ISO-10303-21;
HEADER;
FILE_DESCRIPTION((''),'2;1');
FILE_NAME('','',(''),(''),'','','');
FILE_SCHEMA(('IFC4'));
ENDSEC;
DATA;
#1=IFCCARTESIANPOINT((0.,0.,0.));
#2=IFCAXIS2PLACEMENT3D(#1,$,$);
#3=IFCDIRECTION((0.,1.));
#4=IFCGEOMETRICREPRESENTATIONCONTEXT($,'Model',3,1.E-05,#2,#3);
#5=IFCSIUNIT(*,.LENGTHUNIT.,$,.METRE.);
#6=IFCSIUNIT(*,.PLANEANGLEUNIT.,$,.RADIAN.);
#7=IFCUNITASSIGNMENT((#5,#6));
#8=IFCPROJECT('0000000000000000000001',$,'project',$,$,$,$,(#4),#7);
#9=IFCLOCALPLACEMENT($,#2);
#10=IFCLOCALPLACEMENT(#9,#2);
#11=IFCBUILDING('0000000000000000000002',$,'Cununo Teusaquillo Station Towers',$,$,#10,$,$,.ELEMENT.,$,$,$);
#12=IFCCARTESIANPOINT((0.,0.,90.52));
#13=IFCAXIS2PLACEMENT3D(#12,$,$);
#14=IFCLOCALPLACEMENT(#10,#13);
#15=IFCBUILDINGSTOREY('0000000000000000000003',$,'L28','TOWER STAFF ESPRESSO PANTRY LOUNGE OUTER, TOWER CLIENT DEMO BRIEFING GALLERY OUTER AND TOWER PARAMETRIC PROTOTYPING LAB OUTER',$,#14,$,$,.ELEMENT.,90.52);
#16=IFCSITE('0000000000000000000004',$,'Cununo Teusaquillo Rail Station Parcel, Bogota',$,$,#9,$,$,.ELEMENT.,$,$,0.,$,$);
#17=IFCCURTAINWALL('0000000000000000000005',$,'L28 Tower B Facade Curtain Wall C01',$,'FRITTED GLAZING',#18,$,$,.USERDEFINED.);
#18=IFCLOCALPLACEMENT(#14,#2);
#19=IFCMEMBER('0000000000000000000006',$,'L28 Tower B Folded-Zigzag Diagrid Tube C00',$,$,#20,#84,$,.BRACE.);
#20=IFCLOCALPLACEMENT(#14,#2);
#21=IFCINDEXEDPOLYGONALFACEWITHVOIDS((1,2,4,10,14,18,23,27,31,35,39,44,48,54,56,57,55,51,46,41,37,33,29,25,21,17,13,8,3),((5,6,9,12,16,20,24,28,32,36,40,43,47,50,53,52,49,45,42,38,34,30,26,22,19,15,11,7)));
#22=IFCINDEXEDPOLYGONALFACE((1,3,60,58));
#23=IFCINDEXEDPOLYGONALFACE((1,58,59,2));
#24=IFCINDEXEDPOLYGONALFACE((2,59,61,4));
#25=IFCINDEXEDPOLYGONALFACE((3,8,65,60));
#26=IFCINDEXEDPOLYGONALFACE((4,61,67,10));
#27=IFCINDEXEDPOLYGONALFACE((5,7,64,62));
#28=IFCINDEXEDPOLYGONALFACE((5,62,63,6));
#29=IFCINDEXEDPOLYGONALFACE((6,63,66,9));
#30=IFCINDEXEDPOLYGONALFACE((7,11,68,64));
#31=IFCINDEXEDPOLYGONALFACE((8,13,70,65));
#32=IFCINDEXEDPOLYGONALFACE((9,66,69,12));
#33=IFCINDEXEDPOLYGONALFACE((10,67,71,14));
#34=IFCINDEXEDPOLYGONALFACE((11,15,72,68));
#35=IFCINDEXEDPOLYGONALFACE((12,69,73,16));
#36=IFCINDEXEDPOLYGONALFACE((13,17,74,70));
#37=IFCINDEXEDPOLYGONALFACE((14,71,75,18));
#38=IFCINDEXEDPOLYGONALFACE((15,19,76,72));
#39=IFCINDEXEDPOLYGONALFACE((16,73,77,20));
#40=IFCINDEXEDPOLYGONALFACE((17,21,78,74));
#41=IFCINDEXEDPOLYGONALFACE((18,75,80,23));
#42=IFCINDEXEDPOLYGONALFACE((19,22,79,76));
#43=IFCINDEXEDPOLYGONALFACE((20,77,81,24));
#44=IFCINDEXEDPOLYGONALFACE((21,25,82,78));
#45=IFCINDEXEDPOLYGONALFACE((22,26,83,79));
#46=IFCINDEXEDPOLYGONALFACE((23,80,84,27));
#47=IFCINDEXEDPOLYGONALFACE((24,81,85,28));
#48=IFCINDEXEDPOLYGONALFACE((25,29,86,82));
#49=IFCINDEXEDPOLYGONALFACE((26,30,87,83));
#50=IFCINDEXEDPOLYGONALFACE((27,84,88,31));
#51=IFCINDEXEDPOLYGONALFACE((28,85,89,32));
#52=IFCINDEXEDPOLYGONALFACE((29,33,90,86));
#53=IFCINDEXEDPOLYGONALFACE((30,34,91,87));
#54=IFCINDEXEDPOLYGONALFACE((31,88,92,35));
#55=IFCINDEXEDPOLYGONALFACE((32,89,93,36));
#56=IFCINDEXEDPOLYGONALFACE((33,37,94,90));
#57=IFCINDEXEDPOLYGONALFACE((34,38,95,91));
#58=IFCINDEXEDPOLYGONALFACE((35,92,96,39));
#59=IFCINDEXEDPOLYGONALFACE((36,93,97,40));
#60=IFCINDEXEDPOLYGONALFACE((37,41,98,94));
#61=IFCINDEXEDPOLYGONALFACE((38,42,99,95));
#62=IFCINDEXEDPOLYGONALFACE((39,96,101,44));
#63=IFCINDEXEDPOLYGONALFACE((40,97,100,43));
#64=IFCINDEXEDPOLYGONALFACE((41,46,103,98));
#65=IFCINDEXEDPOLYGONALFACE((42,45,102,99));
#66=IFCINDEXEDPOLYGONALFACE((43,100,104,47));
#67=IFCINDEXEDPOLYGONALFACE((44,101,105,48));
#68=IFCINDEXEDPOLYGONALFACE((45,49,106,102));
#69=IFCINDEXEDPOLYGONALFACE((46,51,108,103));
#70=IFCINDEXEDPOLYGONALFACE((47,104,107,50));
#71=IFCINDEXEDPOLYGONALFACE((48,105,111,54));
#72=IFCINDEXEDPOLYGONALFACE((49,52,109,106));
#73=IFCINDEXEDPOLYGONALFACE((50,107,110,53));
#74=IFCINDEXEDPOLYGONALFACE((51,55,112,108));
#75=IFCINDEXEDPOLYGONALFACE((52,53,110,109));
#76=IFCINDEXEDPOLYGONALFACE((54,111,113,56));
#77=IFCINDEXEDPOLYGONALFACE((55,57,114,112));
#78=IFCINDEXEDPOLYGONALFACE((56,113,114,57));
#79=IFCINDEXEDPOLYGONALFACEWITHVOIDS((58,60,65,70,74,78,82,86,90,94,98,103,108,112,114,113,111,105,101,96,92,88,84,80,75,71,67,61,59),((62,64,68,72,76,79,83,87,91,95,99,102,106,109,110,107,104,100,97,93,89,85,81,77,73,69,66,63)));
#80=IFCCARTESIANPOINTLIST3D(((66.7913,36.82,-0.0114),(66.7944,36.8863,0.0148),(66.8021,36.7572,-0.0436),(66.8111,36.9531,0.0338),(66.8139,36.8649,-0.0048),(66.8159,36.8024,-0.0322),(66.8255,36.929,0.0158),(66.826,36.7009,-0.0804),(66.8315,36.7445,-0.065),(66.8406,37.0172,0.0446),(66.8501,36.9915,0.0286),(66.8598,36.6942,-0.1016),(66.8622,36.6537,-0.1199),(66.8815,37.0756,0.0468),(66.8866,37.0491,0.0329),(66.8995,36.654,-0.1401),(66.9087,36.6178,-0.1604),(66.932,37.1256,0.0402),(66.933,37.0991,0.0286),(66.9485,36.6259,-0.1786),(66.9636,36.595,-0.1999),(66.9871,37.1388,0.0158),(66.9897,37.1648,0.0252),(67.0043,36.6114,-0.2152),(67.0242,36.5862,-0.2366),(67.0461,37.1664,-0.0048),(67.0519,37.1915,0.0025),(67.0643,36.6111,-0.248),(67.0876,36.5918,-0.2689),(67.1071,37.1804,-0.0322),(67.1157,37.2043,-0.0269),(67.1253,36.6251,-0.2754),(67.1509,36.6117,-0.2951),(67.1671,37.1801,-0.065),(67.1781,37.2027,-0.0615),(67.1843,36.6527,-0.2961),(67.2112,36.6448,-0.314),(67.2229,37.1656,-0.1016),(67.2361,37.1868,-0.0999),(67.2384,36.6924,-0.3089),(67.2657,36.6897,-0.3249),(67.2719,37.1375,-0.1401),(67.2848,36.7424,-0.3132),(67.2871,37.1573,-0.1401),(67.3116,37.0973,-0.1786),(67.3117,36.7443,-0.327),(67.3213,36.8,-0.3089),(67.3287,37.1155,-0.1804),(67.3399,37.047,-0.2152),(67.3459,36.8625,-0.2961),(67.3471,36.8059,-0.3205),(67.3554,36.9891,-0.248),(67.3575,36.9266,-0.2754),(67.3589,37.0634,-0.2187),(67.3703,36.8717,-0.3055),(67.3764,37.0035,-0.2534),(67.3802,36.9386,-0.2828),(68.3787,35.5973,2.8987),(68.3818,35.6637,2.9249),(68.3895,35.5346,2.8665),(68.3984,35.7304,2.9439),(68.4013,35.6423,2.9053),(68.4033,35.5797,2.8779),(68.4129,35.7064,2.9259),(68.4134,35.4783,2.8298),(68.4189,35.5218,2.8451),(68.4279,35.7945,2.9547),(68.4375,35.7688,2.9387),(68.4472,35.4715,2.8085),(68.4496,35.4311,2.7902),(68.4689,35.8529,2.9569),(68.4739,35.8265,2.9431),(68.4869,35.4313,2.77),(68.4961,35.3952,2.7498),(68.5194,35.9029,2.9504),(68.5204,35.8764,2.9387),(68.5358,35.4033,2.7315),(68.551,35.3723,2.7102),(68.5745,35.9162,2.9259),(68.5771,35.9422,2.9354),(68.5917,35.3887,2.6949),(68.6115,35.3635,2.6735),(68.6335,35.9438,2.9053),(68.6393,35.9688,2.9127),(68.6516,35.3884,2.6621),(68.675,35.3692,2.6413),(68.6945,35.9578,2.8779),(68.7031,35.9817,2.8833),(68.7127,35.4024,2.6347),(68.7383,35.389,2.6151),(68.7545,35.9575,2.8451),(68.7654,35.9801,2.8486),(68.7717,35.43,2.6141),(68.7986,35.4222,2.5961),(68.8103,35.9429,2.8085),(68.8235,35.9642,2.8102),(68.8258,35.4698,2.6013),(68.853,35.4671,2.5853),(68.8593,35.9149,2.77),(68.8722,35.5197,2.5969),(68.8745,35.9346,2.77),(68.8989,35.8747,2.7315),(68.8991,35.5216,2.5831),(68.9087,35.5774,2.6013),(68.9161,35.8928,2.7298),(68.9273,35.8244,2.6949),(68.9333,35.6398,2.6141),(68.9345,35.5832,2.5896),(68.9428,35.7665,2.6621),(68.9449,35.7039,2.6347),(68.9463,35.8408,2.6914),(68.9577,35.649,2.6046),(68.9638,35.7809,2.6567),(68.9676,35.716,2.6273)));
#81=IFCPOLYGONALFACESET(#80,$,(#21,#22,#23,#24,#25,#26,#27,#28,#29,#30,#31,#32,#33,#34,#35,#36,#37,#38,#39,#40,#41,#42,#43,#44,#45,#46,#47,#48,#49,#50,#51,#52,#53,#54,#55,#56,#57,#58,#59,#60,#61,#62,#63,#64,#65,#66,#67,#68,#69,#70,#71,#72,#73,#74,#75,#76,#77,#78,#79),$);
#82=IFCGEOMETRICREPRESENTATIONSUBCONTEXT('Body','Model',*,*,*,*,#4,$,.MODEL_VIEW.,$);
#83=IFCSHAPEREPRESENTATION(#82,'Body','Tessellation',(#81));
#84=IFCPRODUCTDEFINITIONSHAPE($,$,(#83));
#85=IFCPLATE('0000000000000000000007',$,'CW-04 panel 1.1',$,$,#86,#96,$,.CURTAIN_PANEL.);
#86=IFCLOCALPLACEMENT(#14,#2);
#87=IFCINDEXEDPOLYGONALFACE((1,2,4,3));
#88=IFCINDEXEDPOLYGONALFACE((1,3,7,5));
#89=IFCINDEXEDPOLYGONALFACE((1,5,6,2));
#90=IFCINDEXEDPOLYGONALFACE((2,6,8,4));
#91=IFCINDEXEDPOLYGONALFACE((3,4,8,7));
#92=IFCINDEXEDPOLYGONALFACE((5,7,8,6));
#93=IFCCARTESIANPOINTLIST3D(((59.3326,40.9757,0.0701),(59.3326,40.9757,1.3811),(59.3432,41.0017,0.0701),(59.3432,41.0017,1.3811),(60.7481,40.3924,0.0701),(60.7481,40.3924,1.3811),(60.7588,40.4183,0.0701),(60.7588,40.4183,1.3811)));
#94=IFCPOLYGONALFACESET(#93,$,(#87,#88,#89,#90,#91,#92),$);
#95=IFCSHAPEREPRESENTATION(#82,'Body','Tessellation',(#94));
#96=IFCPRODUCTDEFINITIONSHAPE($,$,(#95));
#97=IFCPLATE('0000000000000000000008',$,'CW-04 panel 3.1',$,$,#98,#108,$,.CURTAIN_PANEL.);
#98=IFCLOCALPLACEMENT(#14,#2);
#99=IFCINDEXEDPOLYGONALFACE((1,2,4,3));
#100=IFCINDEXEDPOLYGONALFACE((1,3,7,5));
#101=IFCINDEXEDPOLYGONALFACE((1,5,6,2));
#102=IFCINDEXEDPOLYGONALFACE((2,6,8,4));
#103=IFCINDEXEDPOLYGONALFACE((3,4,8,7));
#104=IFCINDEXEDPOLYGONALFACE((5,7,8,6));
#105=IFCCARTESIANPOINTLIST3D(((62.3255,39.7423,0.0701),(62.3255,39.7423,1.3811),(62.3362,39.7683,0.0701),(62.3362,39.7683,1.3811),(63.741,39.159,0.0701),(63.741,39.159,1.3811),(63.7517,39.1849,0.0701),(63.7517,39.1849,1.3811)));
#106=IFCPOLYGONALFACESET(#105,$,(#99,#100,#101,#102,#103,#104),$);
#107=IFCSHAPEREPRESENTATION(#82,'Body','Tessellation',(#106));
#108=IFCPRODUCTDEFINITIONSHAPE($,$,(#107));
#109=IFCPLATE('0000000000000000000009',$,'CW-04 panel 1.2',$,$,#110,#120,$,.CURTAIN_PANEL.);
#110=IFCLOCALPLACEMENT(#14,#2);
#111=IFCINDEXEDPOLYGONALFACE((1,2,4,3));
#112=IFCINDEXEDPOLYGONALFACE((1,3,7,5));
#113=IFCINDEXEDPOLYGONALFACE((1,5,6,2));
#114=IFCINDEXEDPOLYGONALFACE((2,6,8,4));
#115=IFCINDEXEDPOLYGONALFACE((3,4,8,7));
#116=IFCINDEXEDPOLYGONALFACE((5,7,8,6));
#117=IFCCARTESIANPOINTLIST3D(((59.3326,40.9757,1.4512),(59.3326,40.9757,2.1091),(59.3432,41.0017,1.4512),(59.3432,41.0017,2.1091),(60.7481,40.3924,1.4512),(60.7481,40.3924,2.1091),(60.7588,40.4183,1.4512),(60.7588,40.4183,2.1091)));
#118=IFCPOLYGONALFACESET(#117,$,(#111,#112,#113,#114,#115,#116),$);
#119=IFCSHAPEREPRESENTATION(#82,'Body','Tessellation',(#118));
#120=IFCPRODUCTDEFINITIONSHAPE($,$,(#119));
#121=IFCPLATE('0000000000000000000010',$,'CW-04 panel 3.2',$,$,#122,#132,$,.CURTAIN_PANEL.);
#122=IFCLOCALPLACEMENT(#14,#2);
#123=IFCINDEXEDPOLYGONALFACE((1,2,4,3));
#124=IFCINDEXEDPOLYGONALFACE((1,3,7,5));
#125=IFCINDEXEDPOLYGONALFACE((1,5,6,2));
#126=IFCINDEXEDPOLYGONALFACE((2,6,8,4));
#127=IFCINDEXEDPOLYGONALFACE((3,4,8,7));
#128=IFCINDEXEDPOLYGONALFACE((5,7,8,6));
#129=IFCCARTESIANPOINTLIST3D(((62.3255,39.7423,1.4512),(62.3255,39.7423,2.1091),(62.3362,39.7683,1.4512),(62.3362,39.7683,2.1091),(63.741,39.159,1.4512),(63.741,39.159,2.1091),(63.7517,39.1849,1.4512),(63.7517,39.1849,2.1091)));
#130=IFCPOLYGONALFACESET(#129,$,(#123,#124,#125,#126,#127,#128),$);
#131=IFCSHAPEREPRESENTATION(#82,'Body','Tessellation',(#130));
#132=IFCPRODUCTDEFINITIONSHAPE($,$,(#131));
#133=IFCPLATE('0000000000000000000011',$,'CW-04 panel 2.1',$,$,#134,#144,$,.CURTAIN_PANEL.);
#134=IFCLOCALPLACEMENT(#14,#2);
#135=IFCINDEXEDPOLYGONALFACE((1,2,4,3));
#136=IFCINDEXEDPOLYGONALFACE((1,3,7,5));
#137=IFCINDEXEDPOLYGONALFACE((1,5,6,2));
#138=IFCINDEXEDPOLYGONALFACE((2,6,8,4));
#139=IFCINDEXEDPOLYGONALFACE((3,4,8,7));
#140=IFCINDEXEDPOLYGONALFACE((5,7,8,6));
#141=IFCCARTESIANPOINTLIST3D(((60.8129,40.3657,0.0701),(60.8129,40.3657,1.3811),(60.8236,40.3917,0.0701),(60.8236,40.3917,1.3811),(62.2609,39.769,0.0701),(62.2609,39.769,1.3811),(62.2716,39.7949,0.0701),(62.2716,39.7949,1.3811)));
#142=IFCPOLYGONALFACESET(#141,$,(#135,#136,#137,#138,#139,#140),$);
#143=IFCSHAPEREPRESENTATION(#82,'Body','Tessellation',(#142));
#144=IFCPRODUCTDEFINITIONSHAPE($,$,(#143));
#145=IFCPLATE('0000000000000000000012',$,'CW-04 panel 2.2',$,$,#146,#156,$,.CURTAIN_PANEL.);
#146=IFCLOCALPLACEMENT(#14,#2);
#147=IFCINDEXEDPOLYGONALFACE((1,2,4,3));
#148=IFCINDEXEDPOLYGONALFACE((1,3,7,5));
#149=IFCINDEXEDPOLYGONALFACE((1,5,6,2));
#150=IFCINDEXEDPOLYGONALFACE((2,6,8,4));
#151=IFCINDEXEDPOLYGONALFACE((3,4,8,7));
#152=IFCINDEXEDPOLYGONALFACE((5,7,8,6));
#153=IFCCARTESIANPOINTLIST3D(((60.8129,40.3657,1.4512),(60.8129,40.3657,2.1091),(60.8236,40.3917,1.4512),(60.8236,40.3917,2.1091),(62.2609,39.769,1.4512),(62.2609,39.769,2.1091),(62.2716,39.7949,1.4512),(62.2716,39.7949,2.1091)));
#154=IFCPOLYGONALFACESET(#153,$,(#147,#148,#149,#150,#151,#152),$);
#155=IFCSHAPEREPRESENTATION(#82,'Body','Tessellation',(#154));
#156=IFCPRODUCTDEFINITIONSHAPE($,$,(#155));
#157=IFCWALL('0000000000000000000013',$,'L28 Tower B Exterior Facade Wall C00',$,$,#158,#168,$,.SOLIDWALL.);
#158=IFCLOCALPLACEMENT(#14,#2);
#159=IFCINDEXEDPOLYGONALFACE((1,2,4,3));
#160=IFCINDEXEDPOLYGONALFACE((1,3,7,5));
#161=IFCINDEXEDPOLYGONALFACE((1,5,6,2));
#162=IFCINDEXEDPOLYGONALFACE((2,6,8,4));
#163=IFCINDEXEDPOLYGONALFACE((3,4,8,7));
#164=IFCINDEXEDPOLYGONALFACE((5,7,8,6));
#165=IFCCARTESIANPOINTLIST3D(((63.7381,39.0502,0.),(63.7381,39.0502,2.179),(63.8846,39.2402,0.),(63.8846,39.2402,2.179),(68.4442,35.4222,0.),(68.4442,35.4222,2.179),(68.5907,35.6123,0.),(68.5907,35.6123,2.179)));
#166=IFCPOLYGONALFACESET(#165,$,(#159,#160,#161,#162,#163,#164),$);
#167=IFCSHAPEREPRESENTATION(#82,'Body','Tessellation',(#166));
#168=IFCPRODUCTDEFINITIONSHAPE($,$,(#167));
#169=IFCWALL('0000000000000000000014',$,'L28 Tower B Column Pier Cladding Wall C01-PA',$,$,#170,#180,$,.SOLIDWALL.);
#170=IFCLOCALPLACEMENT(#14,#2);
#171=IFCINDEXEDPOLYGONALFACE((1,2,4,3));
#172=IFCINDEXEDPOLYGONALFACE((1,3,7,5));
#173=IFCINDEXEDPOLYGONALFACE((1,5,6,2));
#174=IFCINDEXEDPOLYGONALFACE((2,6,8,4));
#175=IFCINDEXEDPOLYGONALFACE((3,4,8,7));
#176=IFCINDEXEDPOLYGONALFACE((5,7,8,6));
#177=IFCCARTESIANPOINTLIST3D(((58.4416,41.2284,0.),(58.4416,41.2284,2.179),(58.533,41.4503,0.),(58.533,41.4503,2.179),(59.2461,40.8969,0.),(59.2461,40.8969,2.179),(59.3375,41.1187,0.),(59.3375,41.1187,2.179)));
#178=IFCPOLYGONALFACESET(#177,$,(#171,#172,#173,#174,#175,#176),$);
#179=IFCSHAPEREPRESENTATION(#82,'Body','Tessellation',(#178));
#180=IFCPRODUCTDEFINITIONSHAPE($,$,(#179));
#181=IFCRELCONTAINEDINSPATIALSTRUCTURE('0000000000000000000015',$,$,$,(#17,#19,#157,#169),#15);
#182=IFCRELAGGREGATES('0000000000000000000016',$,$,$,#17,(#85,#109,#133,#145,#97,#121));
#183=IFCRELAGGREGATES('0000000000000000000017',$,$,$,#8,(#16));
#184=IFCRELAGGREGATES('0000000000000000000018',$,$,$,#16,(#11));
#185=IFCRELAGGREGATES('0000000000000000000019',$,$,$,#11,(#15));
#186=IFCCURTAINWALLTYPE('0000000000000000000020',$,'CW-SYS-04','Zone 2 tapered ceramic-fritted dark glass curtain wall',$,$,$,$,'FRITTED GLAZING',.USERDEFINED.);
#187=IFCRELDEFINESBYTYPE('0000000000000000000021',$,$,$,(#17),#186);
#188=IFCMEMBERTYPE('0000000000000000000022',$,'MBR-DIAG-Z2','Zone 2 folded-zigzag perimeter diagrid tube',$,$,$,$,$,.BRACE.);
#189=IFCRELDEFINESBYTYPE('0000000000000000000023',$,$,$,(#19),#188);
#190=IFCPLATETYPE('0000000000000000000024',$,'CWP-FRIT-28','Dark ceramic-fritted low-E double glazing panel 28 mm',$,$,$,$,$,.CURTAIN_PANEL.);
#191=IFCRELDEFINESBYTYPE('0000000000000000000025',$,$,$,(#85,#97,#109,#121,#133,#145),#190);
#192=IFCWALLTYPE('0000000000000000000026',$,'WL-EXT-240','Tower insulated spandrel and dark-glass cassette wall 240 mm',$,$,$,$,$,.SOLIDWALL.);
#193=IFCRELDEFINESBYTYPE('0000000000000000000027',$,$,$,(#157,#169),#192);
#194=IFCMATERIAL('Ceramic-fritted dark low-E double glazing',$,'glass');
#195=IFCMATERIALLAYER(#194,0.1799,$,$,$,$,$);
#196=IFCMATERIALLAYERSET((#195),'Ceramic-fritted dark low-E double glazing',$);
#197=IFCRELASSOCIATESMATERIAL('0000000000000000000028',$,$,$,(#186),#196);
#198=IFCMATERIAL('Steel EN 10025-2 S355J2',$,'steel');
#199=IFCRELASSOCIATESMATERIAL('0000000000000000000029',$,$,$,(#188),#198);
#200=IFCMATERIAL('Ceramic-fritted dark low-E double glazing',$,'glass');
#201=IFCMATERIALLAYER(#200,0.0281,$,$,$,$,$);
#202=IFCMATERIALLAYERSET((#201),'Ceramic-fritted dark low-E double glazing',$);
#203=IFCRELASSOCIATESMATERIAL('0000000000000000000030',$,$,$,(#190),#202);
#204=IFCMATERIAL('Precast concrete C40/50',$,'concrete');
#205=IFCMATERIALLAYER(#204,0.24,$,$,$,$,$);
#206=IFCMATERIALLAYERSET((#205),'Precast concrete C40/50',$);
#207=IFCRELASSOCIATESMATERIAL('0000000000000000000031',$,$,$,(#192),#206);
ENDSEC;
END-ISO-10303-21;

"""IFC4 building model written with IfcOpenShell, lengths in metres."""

from ifc_helpers import new_model, si_unit, direction, frame, frame_2d, origin, origin_2d, place, context, subcontext, project, spatial, rectangle, hollow_circle, extrude, source, transform, mapped, material, layer, layer_set, material_profile, profile_set, type_object, element, aggregate, save


model = new_model("IFC4")

# Units and contexts
model_context = context("Model", 3, precision=1e-05, world=origin(), true_north=direction((0.0, 1.0)))
body_context = subcontext(model_context, "Body", "Model", "MODEL_VIEW")
ifc_project = project(units=[si_unit("LENGTHUNIT", "METRE"), si_unit("PLANEANGLEUNIT", "RADIAN")], contexts=[model_context])

# Site, building, storey
site_placement = place(None, origin())
site = spatial("IfcSite", under=ifc_project, at=site_placement, Name="Cununo Teusaquillo Rail Station Parcel, Bogota", CompositionType="ELEMENT", RefElevation=0.0)
building_placement = place(site_placement, origin())
building = spatial("IfcBuilding", under=site, at=building_placement, Name="Cununo Teusaquillo Station Towers", CompositionType="ELEMENT")
storey_placement = place(building_placement, frame((0.0, 0.0, 90.52)))
storey = spatial("IfcBuildingStorey", under=building, at=storey_placement, Name="L28", Description="TOWER STAFF ESPRESSO PANTRY LOUNGE OUTER, TOWER CLIENT DEMO BRIEFING GALLERY OUTER AND TOWER PARAMETRIC PROTOTYPING LAB OUTER", CompositionType="ELEMENT", Elevation=90.52)

# Curtain wall
ifc_material_1 = material(Name="Ceramic-fritted dark low-E double glazing", Category="glass")
ifc_layer_1 = layer(ifc_material_1, 0.1799)
ifc_layer_set_1 = layer_set([ifc_layer_1], Name="Ceramic-fritted dark low-E double glazing")
curtain_wall_type = type_object("IfcCurtainWallType", Name="CW-SYS-04", Description="Zone 2 tapered ceramic-fritted dark glass curtain wall", ElementType="FRITTED GLAZING", PredefinedType="USERDEFINED", material=ifc_layer_set_1)
curtain_wall_placement = place(storey_placement, origin())
curtain_wall = element("IfcCurtainWall", 1, at=curtain_wall_placement, inside=storey, type_object=curtain_wall_type, Name="L28 Tower B Facade Curtain Wall C01", ObjectType="FRITTED GLAZING", PredefinedType="USERDEFINED")

# Member
ifc_material_2 = material(Name="Steel EN 10025-2 S355J2", Category="steel")
ifc_material_profile_1 = material_profile(ifc_material_2, hollow_circle(Radius=0.3301, WallThickness=0.0249, at=origin_2d()), Name="CHS 660x25")
ifc_profile_set_1 = profile_set([ifc_material_profile_1], Name="Steel EN 10025-2 S355J2")
member_type_1 = type_object("IfcMemberType", Name="MBR-DIAG-Z2", Description="Zone 2 folded-zigzag perimeter diagrid tube", PredefinedType="BRACE", material=ifc_profile_set_1)
member_1_placement = place(storey_placement, frame((67.0857, 36.8958, -0.1401), z_axis=(0.449277, -0.346044, 0.823652), x_axis=(0.610205, 0.792243, 0.0)))
element("IfcMember", 2, at=member_1_placement, inside=storey, type_object=member_type_1, Name="L28 Tower B Folded-Zigzag Diagrid Tube C00", PredefinedType="BRACE", context=body_context, shape_type="SweptSolid", body=[
    extrude(hollow_circle(Radius=0.3301, WallThickness=0.0249, at=origin_2d()), origin(), (0.0, 0.0, 1.0), 3.5332),
])

# Plates
ifc_material_3 = material(Name="Ceramic-fritted dark low-E double glazing", Category="glass")
ifc_layer_2 = layer(ifc_material_3, 0.0281)
ifc_layer_set_2 = layer_set([ifc_layer_2], Name="Ceramic-fritted dark low-E double glazing")
plate_type = type_object("IfcPlateType", Name="CWP-FRIT-28", Description="Dark ceramic-fritted low-E double glazing panel 28 mm", PredefinedType="CURTAIN_PANEL", material=ifc_layer_set_2)
shared_shape_1 = source(origin(), body_context, "Body", "SweptSolid", [
    extrude(rectangle(XDim=1.531, YDim=0.0281, at=origin_2d()), origin(), (0.0, 0.0, 1.0), 1.311),
])
plate_1_placement = place(storey_placement, frame((60.0457, 40.697, 0.0701), z_axis=(0.0, 0.0, 1.0), x_axis=(0.924562, -0.381031, 0.0)))
plate_1 = element("IfcPlate", 3, at=plate_1_placement, type_object=plate_type, Name="CW-04 panel 1.1", PredefinedType="CURTAIN_PANEL", context=body_context, shape_type="MappedRepresentation", body=[
    mapped(shared_shape_1, transform((0.0, 0.0, 0.0), x_axis=(1.0, 0.0, 0.0), y_axis=(0.0, 1.0, 0.0), z_axis=(0.0, 0.0, 1.0), scale=1.0)),
])
plate_2_placement = place(storey_placement, frame((63.0386, 39.4636, 0.0701), z_axis=(0.0, 0.0, 1.0), x_axis=(0.924562, -0.381031, 0.0)))
plate_2 = element("IfcPlate", 4, at=plate_2_placement, type_object=plate_type, Name="CW-04 panel 3.1", PredefinedType="CURTAIN_PANEL", context=body_context, shape_type="MappedRepresentation", body=[
    mapped(shared_shape_1, transform((0.0, 0.0, 0.0), x_axis=(1.0, 0.0, 0.0), y_axis=(0.0, 1.0, 0.0), z_axis=(0.0, 0.0, 1.0), scale=1.0)),
])
shared_shape_2 = source(origin(), body_context, "Body", "SweptSolid", [
    extrude(rectangle(XDim=1.531, YDim=0.0281, at=origin_2d()), origin(), (0.0, 0.0, 1.0), 0.658),
])
plate_3_placement = place(storey_placement, frame((60.0457, 40.697, 1.4512), z_axis=(0.0, 0.0, 1.0), x_axis=(0.924562, -0.381031, 0.0)))
plate_3 = element("IfcPlate", 5, at=plate_3_placement, type_object=plate_type, Name="CW-04 panel 1.2", PredefinedType="CURTAIN_PANEL", context=body_context, shape_type="MappedRepresentation", body=[
    mapped(shared_shape_2, transform((0.0, 0.0, 0.0), x_axis=(1.0, 0.0, 0.0), y_axis=(0.0, 1.0, 0.0), z_axis=(0.0, 0.0, 1.0), scale=1.0)),
])
plate_4_placement = place(storey_placement, frame((63.0386, 39.4636, 1.4512), z_axis=(0.0, 0.0, 1.0), x_axis=(0.924562, -0.381031, 0.0)))
plate_4 = element("IfcPlate", 6, at=plate_4_placement, type_object=plate_type, Name="CW-04 panel 3.2", PredefinedType="CURTAIN_PANEL", context=body_context, shape_type="MappedRepresentation", body=[
    mapped(shared_shape_2, transform((0.0, 0.0, 0.0), x_axis=(1.0, 0.0, 0.0), y_axis=(0.0, 1.0, 0.0), z_axis=(0.0, 0.0, 1.0), scale=1.0)),
])
shared_shape_3 = source(origin(), body_context, "Body", "SweptSolid", [
    extrude(rectangle(XDim=1.5662, YDim=0.0281, at=origin_2d()), origin(), (0.0, 0.0, 1.0), 1.311),
])
plate_5_placement = place(storey_placement, frame((61.5422, 40.0803, 0.0701), z_axis=(0.0, 0.0, 1.0), x_axis=(0.924562, -0.381031, 0.0)))
plate_5 = element("IfcPlate", 7, at=plate_5_placement, type_object=plate_type, Name="CW-04 panel 2.1", PredefinedType="CURTAIN_PANEL", context=body_context, shape_type="MappedRepresentation", body=[
    mapped(shared_shape_3, transform((0.0, 0.0, 0.0), x_axis=(1.0, 0.0, 0.0), y_axis=(0.0, 1.0, 0.0), z_axis=(0.0, 0.0, 1.0), scale=1.0)),
])
shared_shape_4 = source(origin(), body_context, "Body", "SweptSolid", [
    extrude(rectangle(XDim=1.5662, YDim=0.0281, at=origin_2d()), origin(), (0.0, 0.0, 1.0), 0.658),
])
plate_6_placement = place(storey_placement, frame((61.5422, 40.0803, 1.4512), z_axis=(0.0, 0.0, 1.0), x_axis=(0.924562, -0.381031, 0.0)))
plate_6 = element("IfcPlate", 8, at=plate_6_placement, type_object=plate_type, Name="CW-04 panel 2.2", PredefinedType="CURTAIN_PANEL", context=body_context, shape_type="MappedRepresentation", body=[
    mapped(shared_shape_4, transform((0.0, 0.0, 0.0), x_axis=(1.0, 0.0, 0.0), y_axis=(0.0, 1.0, 0.0), z_axis=(0.0, 0.0, 1.0), scale=1.0)),
])
aggregate(curtain_wall, [plate_1, plate_3, plate_5, plate_6, plate_2, plate_4])

# Walls
ifc_material_4 = material(Name="Precast concrete C40/50", Category="concrete")
ifc_layer_3 = layer(ifc_material_4, 0.24)
ifc_layer_set_3 = layer_set([ifc_layer_3], Name="Precast concrete C40/50")
wall_type = type_object("IfcWallType", Name="WL-EXT-240", Description="Tower insulated spandrel and dark-glass cassette wall 240 mm", PredefinedType="SOLIDWALL", material=ifc_layer_set_3)
wall_1_placement = place(storey_placement, frame((63.8113, 39.1453, 0.0), z_axis=(0.0, 0.0, 1.0), x_axis=(0.791982, -0.610544, 0.0)))
element("IfcWall", 9, at=wall_1_placement, inside=storey, type_object=wall_type, Name="L28 Tower B Exterior Facade Wall C00", PredefinedType="SOLIDWALL", context=body_context, shape_type="SweptSolid", body=[
    extrude(rectangle(XDim=5.9421, YDim=0.24, at=frame_2d((2.9712, 0.0))), origin(), (0.0, 0.0, 1.0), 2.179),
])
wall_2_placement = place(storey_placement, frame((58.4873, 41.3394, 0.0), z_axis=(0.0, 0.0, 1.0), x_axis=(0.924556, -0.381046, 0.0)))
element("IfcWall", 10, at=wall_2_placement, inside=storey, type_object=wall_type, Name="L28 Tower B Column Pier Cladding Wall C01-PA", PredefinedType="SOLIDWALL", context=body_context, shape_type="SweptSolid", body=[
    extrude(rectangle(XDim=0.8701, YDim=0.24, at=frame_2d((0.4351, 0.0))), origin(), (0.0, 0.0, 1.0), 2.179),
])

save(model, "model.ifc")
